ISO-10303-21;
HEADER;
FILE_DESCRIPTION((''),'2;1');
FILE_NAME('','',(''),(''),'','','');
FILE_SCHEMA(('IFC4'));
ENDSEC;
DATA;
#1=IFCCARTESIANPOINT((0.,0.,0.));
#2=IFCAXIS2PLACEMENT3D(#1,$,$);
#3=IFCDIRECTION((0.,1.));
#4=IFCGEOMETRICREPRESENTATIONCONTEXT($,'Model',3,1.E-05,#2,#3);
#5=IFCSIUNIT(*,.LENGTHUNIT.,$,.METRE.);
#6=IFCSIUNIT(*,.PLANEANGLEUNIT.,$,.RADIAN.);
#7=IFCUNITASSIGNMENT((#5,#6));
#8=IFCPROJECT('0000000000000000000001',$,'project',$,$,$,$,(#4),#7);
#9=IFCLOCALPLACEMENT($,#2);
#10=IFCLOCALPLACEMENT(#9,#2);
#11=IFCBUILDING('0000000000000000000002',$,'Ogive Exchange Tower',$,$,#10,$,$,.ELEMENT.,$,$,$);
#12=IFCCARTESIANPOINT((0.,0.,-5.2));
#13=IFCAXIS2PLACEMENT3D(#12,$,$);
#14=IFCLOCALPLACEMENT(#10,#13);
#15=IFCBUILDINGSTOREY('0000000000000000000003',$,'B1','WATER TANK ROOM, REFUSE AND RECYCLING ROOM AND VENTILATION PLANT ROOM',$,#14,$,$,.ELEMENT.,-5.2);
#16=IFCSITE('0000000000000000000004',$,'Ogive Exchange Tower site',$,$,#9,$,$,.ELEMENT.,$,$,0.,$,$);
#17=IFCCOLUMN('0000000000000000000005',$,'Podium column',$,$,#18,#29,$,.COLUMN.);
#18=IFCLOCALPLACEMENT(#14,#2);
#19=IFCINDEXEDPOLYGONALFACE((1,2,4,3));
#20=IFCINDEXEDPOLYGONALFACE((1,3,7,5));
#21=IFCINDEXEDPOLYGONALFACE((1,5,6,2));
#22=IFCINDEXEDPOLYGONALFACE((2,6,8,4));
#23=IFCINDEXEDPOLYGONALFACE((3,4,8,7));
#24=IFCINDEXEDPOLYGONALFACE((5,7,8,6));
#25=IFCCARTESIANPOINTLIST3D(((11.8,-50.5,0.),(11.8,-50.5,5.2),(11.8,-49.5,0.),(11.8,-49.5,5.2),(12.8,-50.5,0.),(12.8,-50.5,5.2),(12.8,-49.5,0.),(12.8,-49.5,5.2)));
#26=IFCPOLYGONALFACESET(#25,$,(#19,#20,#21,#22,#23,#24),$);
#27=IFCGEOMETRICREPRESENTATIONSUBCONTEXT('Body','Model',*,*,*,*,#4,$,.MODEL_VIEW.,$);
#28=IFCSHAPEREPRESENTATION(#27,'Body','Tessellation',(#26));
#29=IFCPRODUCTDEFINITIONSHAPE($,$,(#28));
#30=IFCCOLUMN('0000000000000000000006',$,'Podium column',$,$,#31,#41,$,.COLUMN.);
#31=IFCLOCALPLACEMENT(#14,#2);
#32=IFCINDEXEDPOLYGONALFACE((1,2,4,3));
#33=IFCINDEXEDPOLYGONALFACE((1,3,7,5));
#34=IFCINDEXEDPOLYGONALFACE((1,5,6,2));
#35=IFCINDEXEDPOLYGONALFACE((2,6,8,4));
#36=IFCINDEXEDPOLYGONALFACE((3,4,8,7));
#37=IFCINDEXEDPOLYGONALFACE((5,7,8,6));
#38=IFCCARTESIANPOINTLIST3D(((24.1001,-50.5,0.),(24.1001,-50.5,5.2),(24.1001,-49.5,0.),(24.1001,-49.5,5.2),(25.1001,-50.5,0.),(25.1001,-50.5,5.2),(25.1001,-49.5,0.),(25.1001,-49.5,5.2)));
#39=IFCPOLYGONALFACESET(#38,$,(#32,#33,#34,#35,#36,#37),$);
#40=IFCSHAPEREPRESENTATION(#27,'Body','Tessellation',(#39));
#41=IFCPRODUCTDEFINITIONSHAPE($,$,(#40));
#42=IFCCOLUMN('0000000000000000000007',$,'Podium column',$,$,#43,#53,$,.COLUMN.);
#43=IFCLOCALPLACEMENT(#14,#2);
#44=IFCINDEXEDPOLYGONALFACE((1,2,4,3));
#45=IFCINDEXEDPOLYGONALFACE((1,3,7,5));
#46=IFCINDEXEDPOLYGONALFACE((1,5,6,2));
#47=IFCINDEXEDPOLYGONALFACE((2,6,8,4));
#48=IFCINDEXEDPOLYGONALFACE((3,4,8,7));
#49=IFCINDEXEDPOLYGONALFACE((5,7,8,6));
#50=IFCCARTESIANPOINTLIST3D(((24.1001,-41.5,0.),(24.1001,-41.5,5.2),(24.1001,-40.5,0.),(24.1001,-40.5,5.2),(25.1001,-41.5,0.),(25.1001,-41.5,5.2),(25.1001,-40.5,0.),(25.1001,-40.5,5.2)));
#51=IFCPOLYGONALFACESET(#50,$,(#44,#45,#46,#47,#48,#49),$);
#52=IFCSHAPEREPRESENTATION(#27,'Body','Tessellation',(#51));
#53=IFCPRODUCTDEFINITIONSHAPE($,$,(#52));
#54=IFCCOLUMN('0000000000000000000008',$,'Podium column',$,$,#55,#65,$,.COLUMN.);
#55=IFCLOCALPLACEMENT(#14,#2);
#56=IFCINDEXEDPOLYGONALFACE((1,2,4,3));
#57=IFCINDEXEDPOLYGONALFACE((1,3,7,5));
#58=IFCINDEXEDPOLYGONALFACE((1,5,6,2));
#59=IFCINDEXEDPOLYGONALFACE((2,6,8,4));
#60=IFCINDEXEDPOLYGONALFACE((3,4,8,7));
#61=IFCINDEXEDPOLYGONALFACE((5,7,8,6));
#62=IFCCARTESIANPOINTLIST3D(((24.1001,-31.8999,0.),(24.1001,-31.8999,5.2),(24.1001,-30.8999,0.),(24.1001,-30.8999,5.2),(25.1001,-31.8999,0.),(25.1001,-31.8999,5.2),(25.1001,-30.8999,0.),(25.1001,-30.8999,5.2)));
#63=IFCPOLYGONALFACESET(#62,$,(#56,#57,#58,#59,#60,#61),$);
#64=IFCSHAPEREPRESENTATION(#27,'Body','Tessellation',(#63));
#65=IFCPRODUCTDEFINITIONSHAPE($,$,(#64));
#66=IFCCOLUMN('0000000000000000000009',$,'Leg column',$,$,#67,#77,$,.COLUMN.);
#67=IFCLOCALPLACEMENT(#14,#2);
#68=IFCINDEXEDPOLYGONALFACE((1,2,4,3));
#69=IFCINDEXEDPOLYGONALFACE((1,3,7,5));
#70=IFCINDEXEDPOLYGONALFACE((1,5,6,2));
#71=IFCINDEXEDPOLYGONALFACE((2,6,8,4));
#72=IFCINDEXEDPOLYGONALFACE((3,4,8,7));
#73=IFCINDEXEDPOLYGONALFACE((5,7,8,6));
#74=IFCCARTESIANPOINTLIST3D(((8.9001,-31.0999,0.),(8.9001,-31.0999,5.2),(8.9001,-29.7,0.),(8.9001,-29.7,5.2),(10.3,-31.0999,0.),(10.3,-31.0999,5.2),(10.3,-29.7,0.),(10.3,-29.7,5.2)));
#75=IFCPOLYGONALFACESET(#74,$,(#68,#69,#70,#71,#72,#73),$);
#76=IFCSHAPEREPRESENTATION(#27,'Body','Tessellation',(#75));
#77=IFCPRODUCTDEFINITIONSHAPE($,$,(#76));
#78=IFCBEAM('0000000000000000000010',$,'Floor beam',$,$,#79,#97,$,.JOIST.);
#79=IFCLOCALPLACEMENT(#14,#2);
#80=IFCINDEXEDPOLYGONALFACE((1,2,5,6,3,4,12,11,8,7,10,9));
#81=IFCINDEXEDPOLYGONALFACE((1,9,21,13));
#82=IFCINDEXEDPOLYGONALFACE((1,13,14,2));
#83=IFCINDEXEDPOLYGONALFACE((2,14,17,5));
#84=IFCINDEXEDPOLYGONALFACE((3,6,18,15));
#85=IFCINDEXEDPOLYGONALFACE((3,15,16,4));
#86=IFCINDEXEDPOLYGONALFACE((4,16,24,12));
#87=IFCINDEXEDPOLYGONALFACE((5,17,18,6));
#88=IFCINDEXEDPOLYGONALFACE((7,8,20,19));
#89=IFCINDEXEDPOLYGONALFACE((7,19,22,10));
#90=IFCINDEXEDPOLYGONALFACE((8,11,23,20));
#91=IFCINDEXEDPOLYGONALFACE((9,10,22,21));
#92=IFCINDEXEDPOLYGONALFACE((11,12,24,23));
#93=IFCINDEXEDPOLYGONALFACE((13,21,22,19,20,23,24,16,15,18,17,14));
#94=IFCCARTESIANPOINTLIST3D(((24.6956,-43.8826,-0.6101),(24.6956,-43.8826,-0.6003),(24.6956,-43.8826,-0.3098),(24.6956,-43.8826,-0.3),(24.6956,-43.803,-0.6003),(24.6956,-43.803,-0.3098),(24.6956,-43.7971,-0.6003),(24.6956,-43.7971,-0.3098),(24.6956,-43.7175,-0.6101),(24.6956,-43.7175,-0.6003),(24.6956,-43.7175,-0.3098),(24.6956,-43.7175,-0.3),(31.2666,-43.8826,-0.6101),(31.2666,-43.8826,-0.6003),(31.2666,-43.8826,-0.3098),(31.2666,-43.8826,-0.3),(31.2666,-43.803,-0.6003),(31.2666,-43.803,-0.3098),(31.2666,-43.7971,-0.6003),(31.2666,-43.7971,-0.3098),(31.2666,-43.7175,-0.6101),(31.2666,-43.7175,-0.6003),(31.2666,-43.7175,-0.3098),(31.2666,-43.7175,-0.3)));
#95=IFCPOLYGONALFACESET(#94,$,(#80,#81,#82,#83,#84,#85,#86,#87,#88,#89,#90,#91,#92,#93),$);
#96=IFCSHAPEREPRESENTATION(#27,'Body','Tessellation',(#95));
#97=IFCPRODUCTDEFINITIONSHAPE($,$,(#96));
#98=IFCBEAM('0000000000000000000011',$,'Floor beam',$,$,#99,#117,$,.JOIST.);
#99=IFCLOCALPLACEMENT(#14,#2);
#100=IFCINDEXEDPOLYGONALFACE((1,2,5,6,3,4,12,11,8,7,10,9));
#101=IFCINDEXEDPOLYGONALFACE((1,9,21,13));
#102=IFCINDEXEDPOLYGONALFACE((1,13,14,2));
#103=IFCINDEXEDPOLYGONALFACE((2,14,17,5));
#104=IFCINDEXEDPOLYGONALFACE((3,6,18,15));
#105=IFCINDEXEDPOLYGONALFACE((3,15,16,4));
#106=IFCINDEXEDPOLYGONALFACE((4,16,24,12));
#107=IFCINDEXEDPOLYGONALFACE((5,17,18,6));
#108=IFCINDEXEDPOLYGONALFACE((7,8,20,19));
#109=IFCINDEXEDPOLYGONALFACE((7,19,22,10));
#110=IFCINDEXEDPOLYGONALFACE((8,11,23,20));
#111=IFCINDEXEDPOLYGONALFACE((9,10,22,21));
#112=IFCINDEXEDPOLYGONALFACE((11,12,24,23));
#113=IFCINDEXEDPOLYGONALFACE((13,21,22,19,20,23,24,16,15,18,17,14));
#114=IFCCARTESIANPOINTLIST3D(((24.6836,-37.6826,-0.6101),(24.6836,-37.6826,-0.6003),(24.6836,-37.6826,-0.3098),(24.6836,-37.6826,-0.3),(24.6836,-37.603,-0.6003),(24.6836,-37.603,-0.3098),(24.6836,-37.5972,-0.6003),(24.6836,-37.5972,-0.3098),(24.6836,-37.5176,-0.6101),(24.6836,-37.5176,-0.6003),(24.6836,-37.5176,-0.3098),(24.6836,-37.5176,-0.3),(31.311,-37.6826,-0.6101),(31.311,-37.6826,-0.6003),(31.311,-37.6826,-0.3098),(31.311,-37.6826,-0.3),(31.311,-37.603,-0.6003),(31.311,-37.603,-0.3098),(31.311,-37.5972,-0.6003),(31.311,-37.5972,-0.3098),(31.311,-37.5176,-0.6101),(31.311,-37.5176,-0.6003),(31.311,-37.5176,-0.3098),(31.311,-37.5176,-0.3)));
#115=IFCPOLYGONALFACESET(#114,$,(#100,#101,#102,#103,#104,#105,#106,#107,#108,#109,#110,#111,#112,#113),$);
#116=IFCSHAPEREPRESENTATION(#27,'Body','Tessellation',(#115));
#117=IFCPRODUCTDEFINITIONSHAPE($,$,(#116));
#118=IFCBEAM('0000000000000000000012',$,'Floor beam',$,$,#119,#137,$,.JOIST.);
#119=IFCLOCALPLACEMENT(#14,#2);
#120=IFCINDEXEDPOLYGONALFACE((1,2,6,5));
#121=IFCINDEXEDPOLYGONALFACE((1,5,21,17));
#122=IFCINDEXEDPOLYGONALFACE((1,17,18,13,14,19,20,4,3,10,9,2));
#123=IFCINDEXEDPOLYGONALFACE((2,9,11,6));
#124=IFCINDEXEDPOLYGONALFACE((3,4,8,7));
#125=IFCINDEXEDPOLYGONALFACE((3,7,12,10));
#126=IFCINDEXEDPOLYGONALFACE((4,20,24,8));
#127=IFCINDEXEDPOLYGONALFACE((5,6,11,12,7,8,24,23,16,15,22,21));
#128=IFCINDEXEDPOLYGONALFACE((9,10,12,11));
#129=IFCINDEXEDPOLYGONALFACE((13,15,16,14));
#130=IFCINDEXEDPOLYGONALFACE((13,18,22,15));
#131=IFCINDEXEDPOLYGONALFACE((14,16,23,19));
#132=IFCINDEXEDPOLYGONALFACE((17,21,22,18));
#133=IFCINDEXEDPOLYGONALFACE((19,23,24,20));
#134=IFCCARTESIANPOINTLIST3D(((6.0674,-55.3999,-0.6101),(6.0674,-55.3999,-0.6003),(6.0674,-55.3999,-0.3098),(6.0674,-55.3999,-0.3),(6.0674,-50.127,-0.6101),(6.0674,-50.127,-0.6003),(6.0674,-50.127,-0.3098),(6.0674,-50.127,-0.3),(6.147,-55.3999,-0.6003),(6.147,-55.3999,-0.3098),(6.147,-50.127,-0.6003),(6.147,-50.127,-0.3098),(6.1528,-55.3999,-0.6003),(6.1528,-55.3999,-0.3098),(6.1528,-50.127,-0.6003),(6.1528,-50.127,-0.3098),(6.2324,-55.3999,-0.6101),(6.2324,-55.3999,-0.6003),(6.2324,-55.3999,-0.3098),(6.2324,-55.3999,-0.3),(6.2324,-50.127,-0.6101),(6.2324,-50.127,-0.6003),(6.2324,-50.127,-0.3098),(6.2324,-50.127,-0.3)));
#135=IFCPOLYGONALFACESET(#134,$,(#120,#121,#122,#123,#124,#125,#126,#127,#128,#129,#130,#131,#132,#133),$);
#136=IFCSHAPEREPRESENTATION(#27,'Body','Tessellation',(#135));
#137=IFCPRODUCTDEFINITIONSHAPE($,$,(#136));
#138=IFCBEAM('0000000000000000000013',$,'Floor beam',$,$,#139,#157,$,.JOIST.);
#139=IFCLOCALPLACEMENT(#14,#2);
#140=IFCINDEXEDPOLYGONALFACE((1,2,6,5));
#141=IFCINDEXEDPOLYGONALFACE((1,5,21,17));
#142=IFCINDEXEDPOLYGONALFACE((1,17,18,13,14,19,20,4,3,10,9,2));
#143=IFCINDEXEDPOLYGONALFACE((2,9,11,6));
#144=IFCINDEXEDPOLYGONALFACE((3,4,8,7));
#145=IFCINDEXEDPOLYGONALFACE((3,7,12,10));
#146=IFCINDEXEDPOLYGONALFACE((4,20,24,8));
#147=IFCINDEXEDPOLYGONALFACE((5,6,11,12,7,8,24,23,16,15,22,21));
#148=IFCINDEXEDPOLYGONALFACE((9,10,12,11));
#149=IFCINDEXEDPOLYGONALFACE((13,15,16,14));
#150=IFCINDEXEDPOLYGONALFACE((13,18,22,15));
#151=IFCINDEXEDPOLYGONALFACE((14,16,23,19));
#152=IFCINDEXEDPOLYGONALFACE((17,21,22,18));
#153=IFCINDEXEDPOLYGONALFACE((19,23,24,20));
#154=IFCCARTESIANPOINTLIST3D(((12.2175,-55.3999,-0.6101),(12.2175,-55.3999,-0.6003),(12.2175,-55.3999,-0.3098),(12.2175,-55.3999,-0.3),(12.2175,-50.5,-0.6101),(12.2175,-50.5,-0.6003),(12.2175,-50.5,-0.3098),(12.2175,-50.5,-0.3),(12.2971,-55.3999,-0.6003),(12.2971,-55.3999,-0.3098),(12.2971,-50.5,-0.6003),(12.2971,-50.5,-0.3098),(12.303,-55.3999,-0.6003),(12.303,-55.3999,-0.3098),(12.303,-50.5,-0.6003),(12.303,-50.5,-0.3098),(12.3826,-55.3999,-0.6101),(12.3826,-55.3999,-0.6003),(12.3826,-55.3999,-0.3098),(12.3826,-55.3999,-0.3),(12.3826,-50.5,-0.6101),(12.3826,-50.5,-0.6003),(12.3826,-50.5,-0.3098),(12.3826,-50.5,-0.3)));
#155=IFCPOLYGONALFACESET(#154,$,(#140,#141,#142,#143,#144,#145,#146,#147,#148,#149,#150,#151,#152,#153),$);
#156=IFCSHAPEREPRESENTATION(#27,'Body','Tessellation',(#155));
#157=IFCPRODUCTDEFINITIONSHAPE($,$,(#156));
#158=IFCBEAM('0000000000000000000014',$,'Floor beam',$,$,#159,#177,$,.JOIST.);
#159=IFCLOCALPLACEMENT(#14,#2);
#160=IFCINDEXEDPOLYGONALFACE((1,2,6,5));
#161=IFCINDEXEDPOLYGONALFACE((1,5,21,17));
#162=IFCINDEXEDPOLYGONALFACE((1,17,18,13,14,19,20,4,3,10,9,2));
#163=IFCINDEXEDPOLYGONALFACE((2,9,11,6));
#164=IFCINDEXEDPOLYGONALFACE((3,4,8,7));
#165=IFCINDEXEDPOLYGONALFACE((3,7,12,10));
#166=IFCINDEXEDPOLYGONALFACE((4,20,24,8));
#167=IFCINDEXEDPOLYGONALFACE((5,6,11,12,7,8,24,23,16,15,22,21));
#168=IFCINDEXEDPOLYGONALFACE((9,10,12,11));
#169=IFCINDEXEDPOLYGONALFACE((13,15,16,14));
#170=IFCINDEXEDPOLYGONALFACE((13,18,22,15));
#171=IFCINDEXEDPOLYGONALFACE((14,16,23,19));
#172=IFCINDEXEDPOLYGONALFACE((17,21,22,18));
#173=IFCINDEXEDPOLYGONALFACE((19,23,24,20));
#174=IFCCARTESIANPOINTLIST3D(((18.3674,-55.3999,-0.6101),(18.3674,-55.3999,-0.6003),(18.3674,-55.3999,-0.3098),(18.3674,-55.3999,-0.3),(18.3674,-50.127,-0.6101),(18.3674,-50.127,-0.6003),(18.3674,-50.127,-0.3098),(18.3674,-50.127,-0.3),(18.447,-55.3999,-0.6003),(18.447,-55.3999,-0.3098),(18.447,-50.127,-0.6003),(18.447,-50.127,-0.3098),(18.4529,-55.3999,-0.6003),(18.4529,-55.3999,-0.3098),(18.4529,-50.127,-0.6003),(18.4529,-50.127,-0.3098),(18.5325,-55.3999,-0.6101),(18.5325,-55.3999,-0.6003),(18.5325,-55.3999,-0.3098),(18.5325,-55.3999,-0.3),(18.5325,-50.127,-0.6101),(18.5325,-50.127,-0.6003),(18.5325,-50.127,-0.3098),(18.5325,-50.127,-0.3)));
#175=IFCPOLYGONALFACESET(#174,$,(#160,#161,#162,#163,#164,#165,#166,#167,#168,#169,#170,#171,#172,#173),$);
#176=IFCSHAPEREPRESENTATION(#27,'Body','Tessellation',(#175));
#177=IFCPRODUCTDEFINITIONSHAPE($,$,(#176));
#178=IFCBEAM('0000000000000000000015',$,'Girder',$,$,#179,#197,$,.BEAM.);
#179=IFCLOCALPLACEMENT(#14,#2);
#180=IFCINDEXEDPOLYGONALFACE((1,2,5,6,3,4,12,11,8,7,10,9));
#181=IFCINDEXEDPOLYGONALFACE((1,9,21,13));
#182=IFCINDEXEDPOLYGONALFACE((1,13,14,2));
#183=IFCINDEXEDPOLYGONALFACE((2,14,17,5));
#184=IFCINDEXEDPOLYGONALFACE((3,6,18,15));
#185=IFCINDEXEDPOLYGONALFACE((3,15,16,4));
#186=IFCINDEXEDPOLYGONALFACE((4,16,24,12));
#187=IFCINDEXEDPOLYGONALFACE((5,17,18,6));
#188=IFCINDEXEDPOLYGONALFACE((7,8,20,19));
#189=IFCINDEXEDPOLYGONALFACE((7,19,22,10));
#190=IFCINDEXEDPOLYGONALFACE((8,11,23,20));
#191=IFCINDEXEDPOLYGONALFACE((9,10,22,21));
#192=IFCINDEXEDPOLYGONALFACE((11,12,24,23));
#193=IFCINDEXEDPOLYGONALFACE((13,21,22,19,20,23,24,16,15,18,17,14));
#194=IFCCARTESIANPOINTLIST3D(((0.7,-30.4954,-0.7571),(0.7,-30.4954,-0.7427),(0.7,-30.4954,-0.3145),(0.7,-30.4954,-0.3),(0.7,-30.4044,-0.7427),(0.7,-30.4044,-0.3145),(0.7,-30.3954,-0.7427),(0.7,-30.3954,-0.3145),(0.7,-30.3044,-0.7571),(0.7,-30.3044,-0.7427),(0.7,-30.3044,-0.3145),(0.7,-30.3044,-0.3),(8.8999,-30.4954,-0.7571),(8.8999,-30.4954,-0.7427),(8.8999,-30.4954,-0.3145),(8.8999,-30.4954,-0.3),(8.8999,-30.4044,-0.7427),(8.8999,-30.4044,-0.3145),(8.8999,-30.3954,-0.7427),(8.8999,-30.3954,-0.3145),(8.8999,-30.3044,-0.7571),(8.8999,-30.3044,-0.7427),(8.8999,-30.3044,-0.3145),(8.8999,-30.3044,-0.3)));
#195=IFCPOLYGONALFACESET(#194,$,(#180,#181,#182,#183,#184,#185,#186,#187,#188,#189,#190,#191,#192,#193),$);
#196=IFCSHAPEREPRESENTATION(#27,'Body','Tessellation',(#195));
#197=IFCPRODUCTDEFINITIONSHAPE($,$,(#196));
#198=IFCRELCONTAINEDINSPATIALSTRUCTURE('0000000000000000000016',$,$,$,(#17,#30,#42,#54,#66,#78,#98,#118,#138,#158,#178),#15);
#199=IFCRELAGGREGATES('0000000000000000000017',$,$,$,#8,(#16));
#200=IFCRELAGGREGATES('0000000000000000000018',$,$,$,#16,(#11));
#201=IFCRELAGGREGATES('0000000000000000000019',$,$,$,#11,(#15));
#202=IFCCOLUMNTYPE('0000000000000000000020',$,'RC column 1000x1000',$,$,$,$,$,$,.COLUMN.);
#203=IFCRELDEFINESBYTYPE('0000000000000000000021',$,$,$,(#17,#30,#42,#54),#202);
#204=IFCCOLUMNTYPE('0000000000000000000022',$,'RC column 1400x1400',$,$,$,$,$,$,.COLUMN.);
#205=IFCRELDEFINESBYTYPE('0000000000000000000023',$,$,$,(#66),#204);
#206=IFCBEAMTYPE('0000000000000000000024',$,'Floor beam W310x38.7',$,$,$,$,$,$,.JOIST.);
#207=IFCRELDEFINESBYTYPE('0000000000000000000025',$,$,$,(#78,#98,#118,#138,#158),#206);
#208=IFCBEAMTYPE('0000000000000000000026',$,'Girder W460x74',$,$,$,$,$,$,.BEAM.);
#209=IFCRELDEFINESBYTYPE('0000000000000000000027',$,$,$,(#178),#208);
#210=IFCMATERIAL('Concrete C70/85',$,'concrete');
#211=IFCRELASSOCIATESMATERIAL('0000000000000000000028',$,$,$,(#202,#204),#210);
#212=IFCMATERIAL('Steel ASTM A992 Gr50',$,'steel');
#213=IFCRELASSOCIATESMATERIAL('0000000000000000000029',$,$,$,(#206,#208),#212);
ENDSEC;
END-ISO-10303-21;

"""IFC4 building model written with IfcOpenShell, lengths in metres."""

from ifc_helpers import new_model, si_unit, direction, frame, origin, origin_2d, place, context, subcontext, project, spatial, rectangle, i_section, extrude, material, material_profile, profile_set, type_object, element, save


model = new_model("IFC4")

# Units and contexts
model_context = context("Model", 3, precision=1e-05, world=origin(), true_north=direction((0.0, 1.0)))
body_context = subcontext(model_context, "Body", "Model", "MODEL_VIEW")
ifc_project = project(units=[si_unit("LENGTHUNIT", "METRE"), si_unit("PLANEANGLEUNIT", "RADIAN")], contexts=[model_context])

# Site, building, storey
site_placement = place(None, origin())
site = spatial("IfcSite", under=ifc_project, at=site_placement, Name="Ogive Exchange Tower site", CompositionType="ELEMENT", RefElevation=0.0)
building_placement = place(site_placement, origin())
building = spatial("IfcBuilding", under=site, at=building_placement, Name="Ogive Exchange Tower", CompositionType="ELEMENT")
storey_placement = place(building_placement, frame((0.0, 0.0, -5.2)))
storey = spatial("IfcBuildingStorey", under=building, at=storey_placement, Name="B1", Description="WATER TANK ROOM, REFUSE AND RECYCLING ROOM AND VENTILATION PLANT ROOM", CompositionType="ELEMENT", Elevation=-5.2)

# Columns
ifc_material_1 = material(Name="Concrete C70/85", Category="concrete")
ifc_material_profile_1 = material_profile(ifc_material_1, rectangle(XDim=1.0, YDim=1.0, at=origin_2d()), Name="RC 1000x1000")
ifc_profile_set_1 = profile_set([ifc_material_profile_1], Name="Concrete C70/85")
column_type_1 = type_object("IfcColumnType", Name="RC column 1000x1000", PredefinedType="COLUMN", material=ifc_profile_set_1)
for number, where, z_axis, x_axis, name in (
    (1, (12.3, -50.0, 0.0), (0.0, 0.0, 1.0), (1.0, 0.0, 0.0), "Podium column"),
    (2, (24.6001, -50.0, 0.0), (0.0, 0.0, 1.0), (1.0, 0.0, 0.0), "Podium column"),
    (3, (24.6001, -41.0, 0.0), (0.0, 0.0, 1.0), (1.0, 0.0, 0.0), "Podium column"),
    (4, (24.6001, -31.3999, 0.0), (0.0, 0.0, 1.0), (1.0, 0.0, 0.0), "Podium column"),
):
    element("IfcColumn", number, at=place(storey_placement, frame(where, z_axis=z_axis, x_axis=x_axis)), inside=storey, type_object=column_type_1, Name=name, PredefinedType="COLUMN", context=body_context, shape_type="SweptSolid", body=[
        extrude(rectangle(XDim=1.0, YDim=1.0, at=origin_2d()), origin(), (0.0, 0.0, 1.0), 5.2),
    ])
ifc_material_profile_2 = material_profile(ifc_material_1, rectangle(XDim=1.3999, YDim=1.3999, at=origin_2d()), Name="RC 1400x1400")
ifc_profile_set_2 = profile_set([ifc_material_profile_2], Name="Concrete C70/85")
column_type_2 = type_object("IfcColumnType", Name="RC column 1400x1400", PredefinedType="COLUMN", material=ifc_profile_set_2)
column_placement = place(storey_placement, frame((9.6001, -30.3999, 0.0), z_axis=(0.0, 0.0, 1.0), x_axis=(1.0, 0.0, 0.0)))
element("IfcColumn", 5, at=column_placement, inside=storey, type_object=column_type_2, Name="Leg column", PredefinedType="COLUMN", context=body_context, shape_type="SweptSolid", body=[
    extrude(rectangle(XDim=1.3999, YDim=1.3999, at=origin_2d()), origin(), (0.0, 0.0, 1.0), 5.2),
])

# Beams
ifc_material_2 = material(Name="Steel ASTM A992 Gr50", Category="steel")
ifc_material_profile_3 = material_profile(ifc_material_2, i_section(OverallWidth=0.165, OverallDepth=0.3101, WebThickness=0.0059, FlangeThickness=0.0098, at=origin_2d()), Name="W310x38.7")
ifc_profile_set_3 = profile_set([ifc_material_profile_3], Name="Steel ASTM A992 Gr50")
beam_type_1 = type_object("IfcBeamType", Name="Floor beam W310x38.7", PredefinedType="JOIST", material=ifc_profile_set_3)
beam_1_placement = place(storey_placement, frame((24.6956, -43.8, -0.4551), z_axis=(1.0, 0.0, 0.0), x_axis=(0.0, 1.0, 0.0)))
element("IfcBeam", 6, at=beam_1_placement, inside=storey, type_object=beam_type_1, Name="Floor beam", PredefinedType="JOIST", context=body_context, shape_type="SweptSolid", body=[
    extrude(i_section(OverallWidth=0.165, OverallDepth=0.3101, WebThickness=0.0059, FlangeThickness=0.0098, at=origin_2d()), origin(), (0.0, 0.0, 1.0), 6.571),
])
beam_2_placement = place(storey_placement, frame((24.6836, -37.6001, -0.4551), z_axis=(1.0, 0.0, 0.0), x_axis=(0.0, 1.0, 0.0)))
element("IfcBeam", 7, at=beam_2_placement, inside=storey, type_object=beam_type_1, Name="Floor beam", PredefinedType="JOIST", context=body_context, shape_type="SweptSolid", body=[
    extrude(i_section(OverallWidth=0.165, OverallDepth=0.3101, WebThickness=0.0059, FlangeThickness=0.0098, at=origin_2d()), origin(), (0.0, 0.0, 1.0), 6.6274),
])
beam_3_placement = place(storey_placement, frame((6.1499, -55.3999, -0.4551), z_axis=(0.0, 1.0, 0.0), x_axis=(-1.0, 0.0, 0.0)))
element("IfcBeam", 8, at=beam_3_placement, inside=storey, type_object=beam_type_1, Name="Floor beam", PredefinedType="JOIST", context=body_context, shape_type="SweptSolid", body=[
    extrude(i_section(OverallWidth=0.165, OverallDepth=0.3101, WebThickness=0.0059, FlangeThickness=0.0098, at=origin_2d()), origin(), (0.0, 0.0, 1.0), 5.2729),
])
beam_4_placement = place(storey_placement, frame((12.3, -55.3999, -0.4551), z_axis=(0.0, 1.0, 0.0), x_axis=(-1.0, 0.0, 0.0)))
element("IfcBeam", 9, at=beam_4_placement, inside=storey, type_object=beam_type_1, Name="Floor beam", PredefinedType="JOIST", context=body_context, shape_type="SweptSolid", body=[
    extrude(i_section(OverallWidth=0.165, OverallDepth=0.3101, WebThickness=0.0059, FlangeThickness=0.0098, at=origin_2d()), origin(), (0.0, 0.0, 1.0), 4.8999),
])
beam_5_placement = place(storey_placement, frame((18.45, -55.3999, -0.4551), z_axis=(0.0, 1.0, 0.0), x_axis=(-1.0, 0.0, 0.0)))
element("IfcBeam", 10, at=beam_5_placement, inside=storey, type_object=beam_type_1, Name="Floor beam", PredefinedType="JOIST", context=body_context, shape_type="SweptSolid", body=[
    extrude(i_section(OverallWidth=0.165, OverallDepth=0.3101, WebThickness=0.0059, FlangeThickness=0.0098, at=origin_2d()), origin(), (0.0, 0.0, 1.0), 5.2729),
])
ifc_material_profile_4 = material_profile(ifc_material_2, i_section(OverallWidth=0.1909, OverallDepth=0.457, WebThickness=0.009, FlangeThickness=0.0144, at=origin_2d()), Name="W460x74")
ifc_profile_set_4 = profile_set([ifc_material_profile_4], Name="Steel ASTM A992 Gr50")
beam_type_2 = type_object("IfcBeamType", Name="Girder W460x74", PredefinedType="BEAM", material=ifc_profile_set_4)
beam_6_placement = place(storey_placement, frame((0.7, -30.3999, -0.5286), z_axis=(1.0, 0.0, 0.0), x_axis=(0.0, 1.0, 0.0)))
element("IfcBeam", 11, at=beam_6_placement, inside=storey, type_object=beam_type_2, Name="Girder", PredefinedType="BEAM", context=body_context, shape_type="SweptSolid", body=[
    extrude(i_section(OverallWidth=0.1909, OverallDepth=0.457, WebThickness=0.009, FlangeThickness=0.0144, at=origin_2d()), origin(), (0.0, 0.0, 1.0), 8.2),
])

save(model, "model.ifc")
